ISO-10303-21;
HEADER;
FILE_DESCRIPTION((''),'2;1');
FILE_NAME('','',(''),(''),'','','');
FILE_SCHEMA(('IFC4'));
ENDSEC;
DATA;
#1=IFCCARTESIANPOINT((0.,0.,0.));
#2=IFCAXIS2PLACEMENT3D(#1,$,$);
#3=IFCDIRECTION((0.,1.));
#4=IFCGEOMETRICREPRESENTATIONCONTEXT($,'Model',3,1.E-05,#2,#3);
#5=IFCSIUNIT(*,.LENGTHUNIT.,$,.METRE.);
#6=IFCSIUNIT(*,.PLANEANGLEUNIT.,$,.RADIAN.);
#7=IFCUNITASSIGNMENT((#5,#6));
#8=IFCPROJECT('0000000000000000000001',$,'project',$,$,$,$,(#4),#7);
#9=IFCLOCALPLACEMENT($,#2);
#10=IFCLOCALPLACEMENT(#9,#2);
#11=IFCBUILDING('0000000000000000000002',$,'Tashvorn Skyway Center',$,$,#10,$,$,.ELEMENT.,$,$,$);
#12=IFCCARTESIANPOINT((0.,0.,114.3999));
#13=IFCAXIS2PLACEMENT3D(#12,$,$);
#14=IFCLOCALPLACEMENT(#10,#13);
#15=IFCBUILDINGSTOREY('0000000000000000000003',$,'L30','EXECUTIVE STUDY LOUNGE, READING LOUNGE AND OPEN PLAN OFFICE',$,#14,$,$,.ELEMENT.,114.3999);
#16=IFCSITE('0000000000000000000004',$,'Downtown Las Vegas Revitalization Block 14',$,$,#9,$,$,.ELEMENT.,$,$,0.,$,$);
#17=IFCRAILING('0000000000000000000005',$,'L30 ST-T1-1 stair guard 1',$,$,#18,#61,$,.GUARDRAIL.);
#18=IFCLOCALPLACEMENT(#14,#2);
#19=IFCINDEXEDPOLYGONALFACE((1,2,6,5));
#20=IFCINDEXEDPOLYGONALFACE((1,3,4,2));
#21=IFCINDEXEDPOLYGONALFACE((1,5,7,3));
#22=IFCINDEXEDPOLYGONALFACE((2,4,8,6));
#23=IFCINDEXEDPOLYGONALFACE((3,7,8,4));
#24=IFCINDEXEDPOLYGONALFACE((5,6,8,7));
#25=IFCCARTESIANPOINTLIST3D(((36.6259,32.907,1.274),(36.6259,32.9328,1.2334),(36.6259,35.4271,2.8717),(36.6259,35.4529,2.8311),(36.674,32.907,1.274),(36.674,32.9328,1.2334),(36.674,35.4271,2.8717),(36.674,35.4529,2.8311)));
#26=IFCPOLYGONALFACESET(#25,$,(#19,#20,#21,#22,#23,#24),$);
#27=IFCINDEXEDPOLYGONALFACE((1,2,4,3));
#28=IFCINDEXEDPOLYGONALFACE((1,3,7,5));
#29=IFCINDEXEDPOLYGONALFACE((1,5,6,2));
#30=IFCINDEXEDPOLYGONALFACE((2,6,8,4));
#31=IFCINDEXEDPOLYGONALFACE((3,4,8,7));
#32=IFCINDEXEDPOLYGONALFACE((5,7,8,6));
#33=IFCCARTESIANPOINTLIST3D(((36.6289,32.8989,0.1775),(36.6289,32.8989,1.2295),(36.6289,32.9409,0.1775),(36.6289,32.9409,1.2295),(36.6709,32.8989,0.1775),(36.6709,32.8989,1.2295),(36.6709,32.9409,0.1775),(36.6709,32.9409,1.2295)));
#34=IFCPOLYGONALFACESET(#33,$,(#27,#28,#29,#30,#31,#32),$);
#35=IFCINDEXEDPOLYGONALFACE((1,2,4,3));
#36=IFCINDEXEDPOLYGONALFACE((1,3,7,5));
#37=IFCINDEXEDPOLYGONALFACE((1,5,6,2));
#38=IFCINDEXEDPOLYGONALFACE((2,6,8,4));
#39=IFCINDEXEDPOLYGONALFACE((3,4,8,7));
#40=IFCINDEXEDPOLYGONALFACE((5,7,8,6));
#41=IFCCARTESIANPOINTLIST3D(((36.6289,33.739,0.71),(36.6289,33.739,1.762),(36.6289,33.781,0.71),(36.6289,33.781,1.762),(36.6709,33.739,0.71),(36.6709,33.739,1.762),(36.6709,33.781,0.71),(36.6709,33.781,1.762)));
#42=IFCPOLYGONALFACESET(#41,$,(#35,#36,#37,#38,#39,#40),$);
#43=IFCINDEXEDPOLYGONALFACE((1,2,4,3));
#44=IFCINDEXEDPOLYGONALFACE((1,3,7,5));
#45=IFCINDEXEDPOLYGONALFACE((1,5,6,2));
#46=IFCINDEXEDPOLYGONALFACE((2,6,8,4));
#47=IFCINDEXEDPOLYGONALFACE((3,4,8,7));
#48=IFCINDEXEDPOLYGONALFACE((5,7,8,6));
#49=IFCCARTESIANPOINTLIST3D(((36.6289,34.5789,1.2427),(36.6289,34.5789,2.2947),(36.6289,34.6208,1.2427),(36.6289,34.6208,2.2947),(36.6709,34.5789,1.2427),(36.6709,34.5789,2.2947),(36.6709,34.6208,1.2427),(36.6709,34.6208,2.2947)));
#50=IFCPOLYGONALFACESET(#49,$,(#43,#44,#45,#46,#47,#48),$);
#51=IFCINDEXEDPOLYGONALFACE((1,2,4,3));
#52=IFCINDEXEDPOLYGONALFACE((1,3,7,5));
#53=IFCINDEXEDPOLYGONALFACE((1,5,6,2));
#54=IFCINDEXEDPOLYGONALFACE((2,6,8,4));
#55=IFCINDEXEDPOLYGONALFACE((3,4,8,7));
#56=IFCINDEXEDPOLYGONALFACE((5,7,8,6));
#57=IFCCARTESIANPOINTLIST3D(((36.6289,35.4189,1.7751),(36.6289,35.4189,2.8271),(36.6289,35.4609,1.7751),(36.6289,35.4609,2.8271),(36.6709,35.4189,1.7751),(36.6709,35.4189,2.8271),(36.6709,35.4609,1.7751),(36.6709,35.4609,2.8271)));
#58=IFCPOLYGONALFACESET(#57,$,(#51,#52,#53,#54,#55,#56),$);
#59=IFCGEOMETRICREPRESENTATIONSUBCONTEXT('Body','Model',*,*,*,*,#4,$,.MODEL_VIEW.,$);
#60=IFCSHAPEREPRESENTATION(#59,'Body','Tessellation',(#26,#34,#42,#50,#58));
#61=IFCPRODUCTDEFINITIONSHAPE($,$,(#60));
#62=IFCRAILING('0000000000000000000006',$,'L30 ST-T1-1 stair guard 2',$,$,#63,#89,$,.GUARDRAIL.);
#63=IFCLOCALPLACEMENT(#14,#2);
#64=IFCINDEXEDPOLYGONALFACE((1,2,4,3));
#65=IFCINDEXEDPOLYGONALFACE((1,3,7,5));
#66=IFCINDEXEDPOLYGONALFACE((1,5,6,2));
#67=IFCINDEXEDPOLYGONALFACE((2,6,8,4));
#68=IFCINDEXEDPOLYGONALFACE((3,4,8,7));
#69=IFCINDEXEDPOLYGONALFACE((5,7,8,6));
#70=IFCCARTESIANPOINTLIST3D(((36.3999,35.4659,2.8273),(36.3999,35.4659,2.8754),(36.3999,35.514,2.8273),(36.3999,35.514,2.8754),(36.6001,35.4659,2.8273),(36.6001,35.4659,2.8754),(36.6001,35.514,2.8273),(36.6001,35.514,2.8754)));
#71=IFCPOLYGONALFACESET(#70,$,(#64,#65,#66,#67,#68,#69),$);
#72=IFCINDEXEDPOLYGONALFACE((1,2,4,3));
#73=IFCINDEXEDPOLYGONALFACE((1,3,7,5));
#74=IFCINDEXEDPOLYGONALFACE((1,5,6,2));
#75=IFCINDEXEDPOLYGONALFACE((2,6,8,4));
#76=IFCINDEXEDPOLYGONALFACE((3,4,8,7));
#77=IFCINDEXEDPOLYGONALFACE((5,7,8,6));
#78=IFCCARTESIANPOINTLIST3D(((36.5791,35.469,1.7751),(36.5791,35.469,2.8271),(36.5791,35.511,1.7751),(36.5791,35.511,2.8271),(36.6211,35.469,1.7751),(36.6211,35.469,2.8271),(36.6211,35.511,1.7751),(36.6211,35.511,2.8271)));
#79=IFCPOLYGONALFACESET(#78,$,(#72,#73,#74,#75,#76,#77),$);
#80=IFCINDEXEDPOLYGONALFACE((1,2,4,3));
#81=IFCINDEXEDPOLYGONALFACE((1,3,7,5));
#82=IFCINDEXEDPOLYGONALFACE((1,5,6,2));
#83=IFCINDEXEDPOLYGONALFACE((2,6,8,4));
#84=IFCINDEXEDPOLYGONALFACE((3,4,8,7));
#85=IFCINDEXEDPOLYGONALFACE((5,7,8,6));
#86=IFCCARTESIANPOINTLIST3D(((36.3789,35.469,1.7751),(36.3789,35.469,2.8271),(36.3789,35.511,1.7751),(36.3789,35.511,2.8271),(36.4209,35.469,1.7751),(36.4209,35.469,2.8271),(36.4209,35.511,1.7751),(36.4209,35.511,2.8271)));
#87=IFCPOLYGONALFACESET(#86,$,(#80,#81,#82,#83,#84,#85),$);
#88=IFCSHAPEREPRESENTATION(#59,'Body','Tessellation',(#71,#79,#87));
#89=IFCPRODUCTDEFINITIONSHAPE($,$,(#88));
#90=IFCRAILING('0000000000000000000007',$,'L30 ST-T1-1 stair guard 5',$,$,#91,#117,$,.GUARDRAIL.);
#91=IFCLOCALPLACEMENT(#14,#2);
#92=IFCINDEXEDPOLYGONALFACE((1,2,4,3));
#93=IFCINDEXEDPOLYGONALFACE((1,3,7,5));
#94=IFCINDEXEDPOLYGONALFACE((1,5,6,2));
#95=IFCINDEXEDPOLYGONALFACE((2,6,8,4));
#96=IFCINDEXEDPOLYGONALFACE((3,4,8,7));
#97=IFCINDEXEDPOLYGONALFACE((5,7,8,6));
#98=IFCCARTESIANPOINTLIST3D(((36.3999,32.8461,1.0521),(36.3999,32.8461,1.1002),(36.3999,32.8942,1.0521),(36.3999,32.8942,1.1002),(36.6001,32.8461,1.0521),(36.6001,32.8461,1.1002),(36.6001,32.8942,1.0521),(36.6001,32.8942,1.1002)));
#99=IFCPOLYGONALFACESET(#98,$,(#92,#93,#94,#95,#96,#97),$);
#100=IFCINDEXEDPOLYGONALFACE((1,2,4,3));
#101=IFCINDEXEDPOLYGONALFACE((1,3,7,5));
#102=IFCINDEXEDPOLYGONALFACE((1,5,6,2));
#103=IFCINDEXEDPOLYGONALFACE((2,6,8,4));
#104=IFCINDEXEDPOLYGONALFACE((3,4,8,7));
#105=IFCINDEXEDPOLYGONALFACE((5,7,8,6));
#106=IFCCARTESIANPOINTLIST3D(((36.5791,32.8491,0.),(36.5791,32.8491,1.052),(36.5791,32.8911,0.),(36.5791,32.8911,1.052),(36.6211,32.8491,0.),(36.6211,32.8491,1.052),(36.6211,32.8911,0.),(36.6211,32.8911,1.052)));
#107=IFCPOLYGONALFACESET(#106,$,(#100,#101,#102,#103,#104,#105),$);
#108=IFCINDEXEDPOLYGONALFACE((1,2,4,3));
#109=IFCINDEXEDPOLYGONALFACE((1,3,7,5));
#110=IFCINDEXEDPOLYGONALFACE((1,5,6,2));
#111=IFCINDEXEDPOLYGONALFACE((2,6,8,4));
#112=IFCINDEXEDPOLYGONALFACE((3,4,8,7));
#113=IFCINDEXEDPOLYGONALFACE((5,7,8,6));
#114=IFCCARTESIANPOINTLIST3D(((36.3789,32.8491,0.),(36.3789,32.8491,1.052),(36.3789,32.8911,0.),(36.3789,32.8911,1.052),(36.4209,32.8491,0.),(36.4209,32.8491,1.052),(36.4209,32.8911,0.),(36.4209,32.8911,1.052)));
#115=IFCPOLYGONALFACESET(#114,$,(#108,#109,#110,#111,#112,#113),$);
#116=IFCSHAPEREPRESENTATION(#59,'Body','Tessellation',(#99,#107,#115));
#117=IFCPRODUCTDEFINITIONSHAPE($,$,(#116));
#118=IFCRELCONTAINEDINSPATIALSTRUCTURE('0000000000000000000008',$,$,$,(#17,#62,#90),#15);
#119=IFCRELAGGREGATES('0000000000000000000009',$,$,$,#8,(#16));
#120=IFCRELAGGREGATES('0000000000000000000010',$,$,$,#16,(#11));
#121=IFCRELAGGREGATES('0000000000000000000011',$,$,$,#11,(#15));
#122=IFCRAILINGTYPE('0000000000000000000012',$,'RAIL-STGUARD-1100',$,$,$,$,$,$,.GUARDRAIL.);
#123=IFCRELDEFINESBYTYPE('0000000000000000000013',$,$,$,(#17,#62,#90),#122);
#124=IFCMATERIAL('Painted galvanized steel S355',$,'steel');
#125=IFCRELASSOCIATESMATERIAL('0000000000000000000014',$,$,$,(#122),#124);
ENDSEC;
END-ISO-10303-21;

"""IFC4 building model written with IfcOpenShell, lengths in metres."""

from ifc_helpers import new_model, si_unit, direction, frame, origin, origin_2d, place, context, subcontext, project, spatial, rectangle, extrude, material, type_object, element, save


model = new_model("IFC4")

# Units and contexts
model_context = context("Model", 3, precision=1e-05, world=origin(), true_north=direction((0.0, 1.0)))
body_context = subcontext(model_context, "Body", "Model", "MODEL_VIEW")
ifc_project = project(units=[si_unit("LENGTHUNIT", "METRE"), si_unit("PLANEANGLEUNIT", "RADIAN")], contexts=[model_context])

# Site, building, storey
site_placement = place(None, origin())
site = spatial("IfcSite", under=ifc_project, at=site_placement, Name="Downtown Las Vegas Revitalization Block 14", CompositionType="ELEMENT", RefElevation=0.0)
building_placement = place(site_placement, origin())
building = spatial("IfcBuilding", under=site, at=building_placement, Name="Tashvorn Skyway Center", CompositionType="ELEMENT")
storey_placement = place(building_placement, frame((0.0, 0.0, 114.3999)))
storey = spatial("IfcBuildingStorey", under=building, at=storey_placement, Name="L30", Description="EXECUTIVE STUDY LOUNGE, READING LOUNGE AND OPEN PLAN OFFICE", CompositionType="ELEMENT", Elevation=114.3999)

# Railings
ifc_material_1 = material(Name="Painted galvanized steel S355", Category="steel")
railing_type_1 = type_object("IfcRailingType", Name="RAIL-STGUARD-1100", PredefinedType="GUARDRAIL", material=ifc_material_1)
railing_1_placement = place(storey_placement, frame((36.6499, 32.9199, 0.1775)))
element("IfcRailing", 1, at=railing_1_placement, inside=storey, type_object=railing_type_1, Name="L30 ST-T1-1 stair guard 1", PredefinedType="GUARDRAIL", context=body_context, shape_type="SweptSolid", body=[
    extrude(rectangle(XDim=0.0481, YDim=0.0481, at=origin_2d()), frame((0.0, 0.0, 1.0762), z_axis=(0.0, 0.84457, 0.535445), x_axis=(-1.0, 0.0, 0.0)), (0.0, 0.0, 1.0), 2.9839),
    extrude(rectangle(XDim=0.042, YDim=0.042, at=origin_2d()), origin(), (0.0, 0.0, 1.0), 1.052),
    extrude(rectangle(XDim=0.042, YDim=0.042, at=origin_2d()), frame((0.0, 0.8401, 0.5325)), (0.0, 0.0, 1.0), 1.052),
    extrude(rectangle(XDim=0.042, YDim=0.042, at=origin_2d()), frame((0.0, 1.6799, 1.0652)), (0.0, 0.0, 1.0), 1.052),
    extrude(rectangle(XDim=0.042, YDim=0.042, at=origin_2d()), frame((0.0, 2.52, 1.5977)), (0.0, 0.0, 1.0), 1.052),
])
for number, where, name in (
    (2, (36.6001, 35.49, 1.7751), "L30 ST-T1-1 stair guard 2"),
    (3, (36.6001, 32.8701, 0.0), "L30 ST-T1-1 stair guard 5"),
):
    element("IfcRailing", number, at=place(storey_placement, frame(where)), inside=storey, type_object=railing_type_1, Name=name, PredefinedType="GUARDRAIL", context=body_context, shape_type="SweptSolid", body=[
        extrude(rectangle(XDim=0.0481, YDim=0.0481, at=origin_2d()), frame((0.0, 0.0, 1.0762), z_axis=(-1.0, 0.0, 0.0), x_axis=(0.0, -1.0, 0.0)), (0.0, 0.0, 1.0), 0.2002),
        extrude(rectangle(XDim=0.042, YDim=0.042, at=origin_2d()), origin(), (0.0, 0.0, 1.0), 1.052),
        extrude(rectangle(XDim=0.042, YDim=0.042, at=origin_2d()), frame((-0.2002, 0.0, 0.0)), (0.0, 0.0, 1.0), 1.052),
    ])

save(model, "model.ifc")
